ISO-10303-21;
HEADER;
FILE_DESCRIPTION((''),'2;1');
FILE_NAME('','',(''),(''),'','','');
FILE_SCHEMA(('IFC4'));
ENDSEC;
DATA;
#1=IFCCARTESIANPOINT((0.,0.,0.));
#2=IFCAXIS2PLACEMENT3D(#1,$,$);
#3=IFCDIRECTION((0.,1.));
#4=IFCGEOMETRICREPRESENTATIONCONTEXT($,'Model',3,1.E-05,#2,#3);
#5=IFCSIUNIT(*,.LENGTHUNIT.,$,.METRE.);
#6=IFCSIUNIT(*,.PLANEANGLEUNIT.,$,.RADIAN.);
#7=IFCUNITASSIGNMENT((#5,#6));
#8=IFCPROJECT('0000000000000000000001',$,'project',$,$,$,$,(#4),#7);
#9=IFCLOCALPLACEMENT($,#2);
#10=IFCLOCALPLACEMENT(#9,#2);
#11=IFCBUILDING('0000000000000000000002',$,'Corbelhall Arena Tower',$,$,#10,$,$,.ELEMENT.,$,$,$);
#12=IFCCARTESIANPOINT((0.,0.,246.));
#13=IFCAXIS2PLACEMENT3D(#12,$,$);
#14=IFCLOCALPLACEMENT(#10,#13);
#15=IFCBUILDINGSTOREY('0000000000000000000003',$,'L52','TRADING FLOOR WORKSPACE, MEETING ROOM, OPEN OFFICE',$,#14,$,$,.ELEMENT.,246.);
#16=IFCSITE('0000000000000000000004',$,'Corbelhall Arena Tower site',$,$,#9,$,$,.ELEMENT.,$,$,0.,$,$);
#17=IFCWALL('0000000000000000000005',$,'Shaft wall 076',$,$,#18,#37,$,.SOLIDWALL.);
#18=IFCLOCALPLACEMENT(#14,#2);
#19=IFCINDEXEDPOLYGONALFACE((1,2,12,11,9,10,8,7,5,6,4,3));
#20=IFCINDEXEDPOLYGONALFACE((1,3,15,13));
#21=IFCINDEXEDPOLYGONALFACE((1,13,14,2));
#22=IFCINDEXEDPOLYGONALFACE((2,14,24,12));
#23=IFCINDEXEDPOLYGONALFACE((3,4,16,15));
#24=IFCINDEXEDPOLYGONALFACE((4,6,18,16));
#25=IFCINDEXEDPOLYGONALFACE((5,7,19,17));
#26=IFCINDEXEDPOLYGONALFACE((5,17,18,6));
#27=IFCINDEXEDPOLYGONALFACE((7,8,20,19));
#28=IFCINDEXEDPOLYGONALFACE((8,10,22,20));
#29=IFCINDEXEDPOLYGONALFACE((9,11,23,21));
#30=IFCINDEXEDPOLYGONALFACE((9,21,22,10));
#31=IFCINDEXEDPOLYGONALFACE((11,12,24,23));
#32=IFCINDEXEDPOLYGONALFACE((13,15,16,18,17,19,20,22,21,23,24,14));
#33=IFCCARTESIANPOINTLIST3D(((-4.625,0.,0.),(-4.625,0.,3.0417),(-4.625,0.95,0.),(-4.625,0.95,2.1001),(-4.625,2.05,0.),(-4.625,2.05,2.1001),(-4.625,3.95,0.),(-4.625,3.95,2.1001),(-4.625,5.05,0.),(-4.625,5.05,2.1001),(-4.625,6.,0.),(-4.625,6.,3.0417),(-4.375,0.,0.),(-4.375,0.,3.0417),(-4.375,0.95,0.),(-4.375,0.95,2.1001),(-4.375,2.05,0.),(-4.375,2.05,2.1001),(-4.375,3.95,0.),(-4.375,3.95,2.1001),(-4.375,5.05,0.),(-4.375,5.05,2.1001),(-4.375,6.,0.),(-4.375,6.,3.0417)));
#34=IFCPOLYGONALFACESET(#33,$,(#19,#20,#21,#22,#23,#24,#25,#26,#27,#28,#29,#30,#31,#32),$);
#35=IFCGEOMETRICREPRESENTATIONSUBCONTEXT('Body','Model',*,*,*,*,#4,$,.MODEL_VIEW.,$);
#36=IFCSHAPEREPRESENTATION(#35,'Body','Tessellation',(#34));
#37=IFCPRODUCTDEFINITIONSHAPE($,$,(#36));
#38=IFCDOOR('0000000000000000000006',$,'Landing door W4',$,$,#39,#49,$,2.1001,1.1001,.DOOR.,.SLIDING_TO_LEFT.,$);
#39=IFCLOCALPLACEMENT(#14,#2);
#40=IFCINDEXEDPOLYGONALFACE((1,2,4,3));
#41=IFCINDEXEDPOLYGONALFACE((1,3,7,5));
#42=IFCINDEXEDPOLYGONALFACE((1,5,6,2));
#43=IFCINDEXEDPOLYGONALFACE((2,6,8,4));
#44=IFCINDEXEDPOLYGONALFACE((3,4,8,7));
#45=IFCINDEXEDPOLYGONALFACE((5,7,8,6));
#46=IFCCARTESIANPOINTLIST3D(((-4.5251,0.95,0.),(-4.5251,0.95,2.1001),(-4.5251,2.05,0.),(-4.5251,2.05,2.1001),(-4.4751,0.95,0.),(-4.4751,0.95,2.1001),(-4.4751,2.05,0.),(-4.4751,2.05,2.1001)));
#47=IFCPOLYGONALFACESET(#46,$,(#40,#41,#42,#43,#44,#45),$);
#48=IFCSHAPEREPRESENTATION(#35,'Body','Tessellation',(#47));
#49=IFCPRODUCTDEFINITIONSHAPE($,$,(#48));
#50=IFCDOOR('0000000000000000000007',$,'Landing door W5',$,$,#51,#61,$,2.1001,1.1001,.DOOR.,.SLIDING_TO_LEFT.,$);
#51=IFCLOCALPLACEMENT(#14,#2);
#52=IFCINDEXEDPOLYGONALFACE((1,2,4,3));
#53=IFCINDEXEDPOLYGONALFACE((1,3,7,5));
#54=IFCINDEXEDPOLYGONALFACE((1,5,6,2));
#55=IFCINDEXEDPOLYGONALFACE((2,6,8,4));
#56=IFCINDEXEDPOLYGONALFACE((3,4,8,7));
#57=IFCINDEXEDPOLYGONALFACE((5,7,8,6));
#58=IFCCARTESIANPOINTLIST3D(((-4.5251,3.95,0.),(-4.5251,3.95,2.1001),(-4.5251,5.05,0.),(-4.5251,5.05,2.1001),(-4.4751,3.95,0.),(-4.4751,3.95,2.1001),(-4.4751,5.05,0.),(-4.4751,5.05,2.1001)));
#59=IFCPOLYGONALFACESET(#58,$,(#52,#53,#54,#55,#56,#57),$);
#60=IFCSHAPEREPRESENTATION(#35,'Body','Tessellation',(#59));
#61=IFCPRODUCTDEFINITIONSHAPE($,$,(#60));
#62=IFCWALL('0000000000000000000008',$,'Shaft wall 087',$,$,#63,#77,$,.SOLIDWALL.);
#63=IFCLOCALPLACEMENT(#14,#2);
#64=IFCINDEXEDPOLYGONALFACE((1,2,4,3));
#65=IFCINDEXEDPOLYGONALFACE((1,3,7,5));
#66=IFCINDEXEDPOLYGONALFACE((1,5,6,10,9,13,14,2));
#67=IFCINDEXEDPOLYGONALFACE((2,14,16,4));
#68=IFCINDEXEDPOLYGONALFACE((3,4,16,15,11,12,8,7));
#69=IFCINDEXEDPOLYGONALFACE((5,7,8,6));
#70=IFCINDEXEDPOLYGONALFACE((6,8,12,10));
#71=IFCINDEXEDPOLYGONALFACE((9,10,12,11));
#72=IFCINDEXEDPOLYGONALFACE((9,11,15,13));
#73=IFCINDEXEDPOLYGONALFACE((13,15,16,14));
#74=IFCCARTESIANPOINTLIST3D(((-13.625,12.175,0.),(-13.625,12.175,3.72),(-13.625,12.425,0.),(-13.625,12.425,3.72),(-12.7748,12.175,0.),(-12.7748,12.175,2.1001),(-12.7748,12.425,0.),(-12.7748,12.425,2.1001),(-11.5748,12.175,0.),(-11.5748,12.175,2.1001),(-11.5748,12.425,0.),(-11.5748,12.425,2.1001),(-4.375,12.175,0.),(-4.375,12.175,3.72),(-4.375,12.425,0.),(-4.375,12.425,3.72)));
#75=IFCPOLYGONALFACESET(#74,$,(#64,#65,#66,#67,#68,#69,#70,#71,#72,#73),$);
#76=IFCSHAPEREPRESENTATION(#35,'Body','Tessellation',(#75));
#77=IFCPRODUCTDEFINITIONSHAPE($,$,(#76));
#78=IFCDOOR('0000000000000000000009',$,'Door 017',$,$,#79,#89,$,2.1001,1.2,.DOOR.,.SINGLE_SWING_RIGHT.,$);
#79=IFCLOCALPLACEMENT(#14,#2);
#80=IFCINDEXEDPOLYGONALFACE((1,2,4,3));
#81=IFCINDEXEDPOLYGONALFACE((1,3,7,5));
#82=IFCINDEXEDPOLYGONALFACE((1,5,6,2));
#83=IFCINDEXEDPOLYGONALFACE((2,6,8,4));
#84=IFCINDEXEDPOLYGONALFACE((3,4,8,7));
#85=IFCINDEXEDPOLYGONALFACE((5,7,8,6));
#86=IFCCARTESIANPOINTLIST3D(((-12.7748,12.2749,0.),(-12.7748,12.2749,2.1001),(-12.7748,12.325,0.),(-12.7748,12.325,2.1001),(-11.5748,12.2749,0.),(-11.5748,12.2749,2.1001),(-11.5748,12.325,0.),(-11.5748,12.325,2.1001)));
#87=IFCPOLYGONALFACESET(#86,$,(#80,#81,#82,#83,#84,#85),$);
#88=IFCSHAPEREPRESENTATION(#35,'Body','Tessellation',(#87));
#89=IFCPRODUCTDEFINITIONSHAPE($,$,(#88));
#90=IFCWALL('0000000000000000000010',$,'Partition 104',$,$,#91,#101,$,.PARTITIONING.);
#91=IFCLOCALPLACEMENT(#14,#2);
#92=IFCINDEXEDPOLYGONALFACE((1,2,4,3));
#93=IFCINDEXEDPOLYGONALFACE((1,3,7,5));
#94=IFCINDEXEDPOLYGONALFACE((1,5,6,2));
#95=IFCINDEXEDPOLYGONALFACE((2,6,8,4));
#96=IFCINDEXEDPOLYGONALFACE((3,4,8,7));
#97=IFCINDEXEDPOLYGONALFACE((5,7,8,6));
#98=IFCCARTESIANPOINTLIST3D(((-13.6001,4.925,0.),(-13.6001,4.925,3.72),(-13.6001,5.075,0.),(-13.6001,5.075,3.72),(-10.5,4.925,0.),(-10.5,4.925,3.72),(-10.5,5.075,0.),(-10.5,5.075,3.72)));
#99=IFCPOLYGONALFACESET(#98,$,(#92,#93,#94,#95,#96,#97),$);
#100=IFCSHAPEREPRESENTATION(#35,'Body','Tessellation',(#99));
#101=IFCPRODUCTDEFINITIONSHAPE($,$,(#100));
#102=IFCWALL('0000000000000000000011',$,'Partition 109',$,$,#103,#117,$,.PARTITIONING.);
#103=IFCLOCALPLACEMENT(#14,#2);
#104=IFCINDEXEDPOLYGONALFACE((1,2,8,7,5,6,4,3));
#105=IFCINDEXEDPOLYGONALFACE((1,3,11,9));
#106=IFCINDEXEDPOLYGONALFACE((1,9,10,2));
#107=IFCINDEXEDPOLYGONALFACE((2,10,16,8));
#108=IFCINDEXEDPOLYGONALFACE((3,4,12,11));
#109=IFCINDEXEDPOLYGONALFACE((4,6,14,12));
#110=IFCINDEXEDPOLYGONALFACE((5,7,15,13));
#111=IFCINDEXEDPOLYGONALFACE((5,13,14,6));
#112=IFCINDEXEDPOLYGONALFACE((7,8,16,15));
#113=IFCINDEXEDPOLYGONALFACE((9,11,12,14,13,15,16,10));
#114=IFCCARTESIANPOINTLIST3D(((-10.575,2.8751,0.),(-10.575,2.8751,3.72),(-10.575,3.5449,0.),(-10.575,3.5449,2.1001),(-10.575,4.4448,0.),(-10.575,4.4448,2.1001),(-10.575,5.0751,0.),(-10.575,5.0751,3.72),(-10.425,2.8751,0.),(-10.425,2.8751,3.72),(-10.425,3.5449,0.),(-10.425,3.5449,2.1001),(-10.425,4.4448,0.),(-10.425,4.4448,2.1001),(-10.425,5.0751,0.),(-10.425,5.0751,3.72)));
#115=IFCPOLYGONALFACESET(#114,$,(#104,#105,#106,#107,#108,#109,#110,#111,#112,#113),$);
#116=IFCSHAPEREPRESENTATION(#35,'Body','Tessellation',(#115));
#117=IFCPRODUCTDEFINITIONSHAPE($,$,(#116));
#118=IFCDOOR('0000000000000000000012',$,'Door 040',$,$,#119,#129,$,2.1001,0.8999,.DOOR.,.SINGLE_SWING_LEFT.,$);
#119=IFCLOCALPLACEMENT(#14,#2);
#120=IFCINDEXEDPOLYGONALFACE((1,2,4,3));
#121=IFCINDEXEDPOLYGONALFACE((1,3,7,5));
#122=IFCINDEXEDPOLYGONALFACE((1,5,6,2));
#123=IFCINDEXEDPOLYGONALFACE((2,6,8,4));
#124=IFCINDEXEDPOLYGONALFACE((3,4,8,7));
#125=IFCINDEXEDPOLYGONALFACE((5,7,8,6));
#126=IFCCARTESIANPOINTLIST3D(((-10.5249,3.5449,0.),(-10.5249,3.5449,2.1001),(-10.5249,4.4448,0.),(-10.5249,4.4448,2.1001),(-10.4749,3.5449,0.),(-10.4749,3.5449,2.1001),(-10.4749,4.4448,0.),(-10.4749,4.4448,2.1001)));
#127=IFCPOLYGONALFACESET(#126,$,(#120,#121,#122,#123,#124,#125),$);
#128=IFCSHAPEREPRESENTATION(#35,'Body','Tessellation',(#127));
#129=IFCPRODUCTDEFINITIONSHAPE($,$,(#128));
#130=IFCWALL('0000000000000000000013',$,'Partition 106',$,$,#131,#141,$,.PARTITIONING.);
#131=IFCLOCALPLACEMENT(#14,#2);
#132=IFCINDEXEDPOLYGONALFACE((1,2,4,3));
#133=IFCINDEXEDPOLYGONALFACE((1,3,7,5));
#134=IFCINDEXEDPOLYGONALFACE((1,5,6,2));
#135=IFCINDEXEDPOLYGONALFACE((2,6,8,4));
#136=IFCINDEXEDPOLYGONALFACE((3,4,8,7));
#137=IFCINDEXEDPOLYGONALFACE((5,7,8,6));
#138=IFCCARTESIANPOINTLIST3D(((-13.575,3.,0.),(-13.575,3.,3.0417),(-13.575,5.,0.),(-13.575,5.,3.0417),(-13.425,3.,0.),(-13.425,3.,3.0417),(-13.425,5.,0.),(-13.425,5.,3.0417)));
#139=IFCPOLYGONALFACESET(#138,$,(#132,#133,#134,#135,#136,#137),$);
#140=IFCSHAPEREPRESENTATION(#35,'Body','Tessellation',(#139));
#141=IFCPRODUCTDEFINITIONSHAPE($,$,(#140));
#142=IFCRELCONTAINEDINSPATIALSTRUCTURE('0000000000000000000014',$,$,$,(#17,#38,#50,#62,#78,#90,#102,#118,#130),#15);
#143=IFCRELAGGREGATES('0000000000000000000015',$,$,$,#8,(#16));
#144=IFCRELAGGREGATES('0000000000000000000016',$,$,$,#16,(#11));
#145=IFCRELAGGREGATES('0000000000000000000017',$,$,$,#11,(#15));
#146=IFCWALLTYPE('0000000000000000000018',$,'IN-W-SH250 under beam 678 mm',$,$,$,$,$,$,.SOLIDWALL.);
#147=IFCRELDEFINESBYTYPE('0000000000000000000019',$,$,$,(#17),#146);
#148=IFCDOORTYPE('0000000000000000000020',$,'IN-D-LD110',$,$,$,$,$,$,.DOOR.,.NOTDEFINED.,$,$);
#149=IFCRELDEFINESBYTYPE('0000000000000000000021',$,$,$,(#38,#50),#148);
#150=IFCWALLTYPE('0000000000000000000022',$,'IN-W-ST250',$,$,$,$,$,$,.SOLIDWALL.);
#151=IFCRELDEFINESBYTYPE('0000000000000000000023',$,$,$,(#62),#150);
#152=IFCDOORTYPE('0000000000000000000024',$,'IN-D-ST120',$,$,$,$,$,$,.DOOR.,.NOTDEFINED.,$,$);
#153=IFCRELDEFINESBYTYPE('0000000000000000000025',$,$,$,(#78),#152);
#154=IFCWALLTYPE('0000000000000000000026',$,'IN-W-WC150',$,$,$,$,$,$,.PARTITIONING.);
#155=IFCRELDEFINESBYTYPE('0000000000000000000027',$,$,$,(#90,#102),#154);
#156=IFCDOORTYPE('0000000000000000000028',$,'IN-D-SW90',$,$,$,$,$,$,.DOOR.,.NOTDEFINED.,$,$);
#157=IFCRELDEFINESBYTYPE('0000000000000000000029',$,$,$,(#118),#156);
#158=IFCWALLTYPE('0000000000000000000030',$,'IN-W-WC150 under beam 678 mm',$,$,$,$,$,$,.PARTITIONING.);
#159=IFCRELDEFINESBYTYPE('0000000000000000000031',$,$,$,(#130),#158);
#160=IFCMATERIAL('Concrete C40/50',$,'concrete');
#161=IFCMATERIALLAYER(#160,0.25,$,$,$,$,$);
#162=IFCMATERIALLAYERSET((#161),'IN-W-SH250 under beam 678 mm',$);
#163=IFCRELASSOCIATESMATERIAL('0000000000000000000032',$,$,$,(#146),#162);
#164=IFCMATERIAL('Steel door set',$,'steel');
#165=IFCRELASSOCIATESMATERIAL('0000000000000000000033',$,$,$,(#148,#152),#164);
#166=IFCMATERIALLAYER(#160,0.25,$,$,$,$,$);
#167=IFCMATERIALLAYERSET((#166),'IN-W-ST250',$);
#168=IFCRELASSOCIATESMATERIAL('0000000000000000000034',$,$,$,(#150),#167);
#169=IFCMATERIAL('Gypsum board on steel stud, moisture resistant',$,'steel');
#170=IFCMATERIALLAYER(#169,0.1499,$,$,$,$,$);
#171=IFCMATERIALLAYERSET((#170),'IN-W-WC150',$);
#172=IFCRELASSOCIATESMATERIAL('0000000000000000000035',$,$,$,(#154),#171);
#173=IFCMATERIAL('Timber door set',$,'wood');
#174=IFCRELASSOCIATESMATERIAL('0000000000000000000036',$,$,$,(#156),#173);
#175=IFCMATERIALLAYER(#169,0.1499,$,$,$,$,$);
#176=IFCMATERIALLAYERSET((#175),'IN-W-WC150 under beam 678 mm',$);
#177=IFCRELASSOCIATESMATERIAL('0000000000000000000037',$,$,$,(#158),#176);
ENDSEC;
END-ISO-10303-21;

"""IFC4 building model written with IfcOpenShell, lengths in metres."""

from ifc_helpers import new_model, si_unit, direction, frame, frame_2d, origin, place, context, subcontext, project, spatial, rectangle, extrude, material, layer, layer_set, type_object, element, fill, save


model = new_model("IFC4")

# Units and contexts
model_context = context("Model", 3, precision=1e-05, world=origin(), true_north=direction((0.0, 1.0)))
body_context = subcontext(model_context, "Body", "Model", "MODEL_VIEW")
ifc_project = project(units=[si_unit("LENGTHUNIT", "METRE"), si_unit("PLANEANGLEUNIT", "RADIAN")], contexts=[model_context])

# Site, building, storey
site_placement = place(None, origin())
site = spatial("IfcSite", under=ifc_project, at=site_placement, Name="Corbelhall Arena Tower site", CompositionType="ELEMENT", RefElevation=0.0)
building_placement = place(site_placement, origin())
building = spatial("IfcBuilding", under=site, at=building_placement, Name="Corbelhall Arena Tower", CompositionType="ELEMENT")
storey_placement = place(building_placement, frame((0.0, 0.0, 246.0)))
storey = spatial("IfcBuildingStorey", under=building, at=storey_placement, Name="L52", Description="TRADING FLOOR WORKSPACE, MEETING ROOM, OPEN OFFICE", CompositionType="ELEMENT", Elevation=246.0)

# Shared definitions
ifc_material_1 = material(Name="Steel door set", Category="steel")

# Shared definitions
ifc_material_2 = material(Name="Concrete C40/50", Category="concrete")

# Wall, openings, doors
ifc_layer_1 = layer(ifc_material_2, 0.25)
ifc_layer_set_1 = layer_set([ifc_layer_1], Name="IN-W-SH250 under beam 678 mm")
wall_type_1 = type_object("IfcWallType", Name="IN-W-SH250 under beam 678 mm", PredefinedType="SOLIDWALL", material=ifc_layer_set_1)
wall_1_placement = place(storey_placement, frame((-4.5, 6.0, 0.0), z_axis=(0.0, 0.0, 1.0), x_axis=(0.0, -1.0, 0.0)))
wall_1 = element("IfcWall", 1, at=wall_1_placement, inside=storey, type_object=wall_type_1, Name="Shaft wall 076", PredefinedType="SOLIDWALL", context=body_context, shape_type="SweptSolid", body=[
    extrude(rectangle(XDim=6.0, YDim=0.25, at=frame_2d((3.0, 0.0))), origin(), (0.0, 0.0, 1.0), 3.0417),
])
opening_1_placement = place(wall_1_placement, frame((3.95, 0.0, 0.0)))
opening_1 = element("IfcOpeningElement", 2, at=opening_1_placement, cuts=wall_1, PredefinedType="OPENING", context=body_context, shape_type="SweptSolid", body=[
    extrude(rectangle(XDim=1.1001, YDim=2.1001, at=frame_2d((0.55, 1.05))), frame((0.0, 0.125, 0.0), z_axis=(0.0, -1.0, 0.0), x_axis=(1.0, 0.0, 0.0)), (0.0, 0.0, 1.0), 0.25),
])
opening_2_placement = place(wall_1_placement, frame((0.95, 0.0, 0.0)))
opening_2 = element("IfcOpeningElement", 3, at=opening_2_placement, cuts=wall_1, PredefinedType="OPENING", context=body_context, shape_type="SweptSolid", body=[
    extrude(rectangle(XDim=1.1001, YDim=2.1001, at=frame_2d((0.55, 1.05))), frame((0.0, 0.125, 0.0), z_axis=(0.0, -1.0, 0.0), x_axis=(1.0, 0.0, 0.0)), (0.0, 0.0, 1.0), 0.25),
])
door_type_1 = type_object("IfcDoorType", Name="IN-D-LD110", OperationType="NOTDEFINED", PredefinedType="DOOR", material=ifc_material_1)
door_1_placement = place(opening_1_placement, origin())
door_1 = element("IfcDoor", 4, at=door_1_placement, inside=storey, type_object=door_type_1, Name="Landing door W4", OperationType="SLIDING_TO_LEFT", OverallHeight=2.1001, OverallWidth=1.1001, PredefinedType="DOOR", context=body_context, shape_type="SweptSolid", body=[
    extrude(rectangle(XDim=1.1001, YDim=2.1001, at=frame_2d((0.55, 1.05))), frame((0.0, 0.0249, 0.0), z_axis=(0.0, -1.0, 0.0), x_axis=(1.0, 0.0, 0.0)), (0.0, 0.0, 1.0), 0.05),
])
fill(opening_1, door_1)
door_2_placement = place(opening_2_placement, origin())
door_2 = element("IfcDoor", 5, at=door_2_placement, inside=storey, type_object=door_type_1, Name="Landing door W5", OperationType="SLIDING_TO_LEFT", OverallHeight=2.1001, OverallWidth=1.1001, PredefinedType="DOOR", context=body_context, shape_type="SweptSolid", body=[
    extrude(rectangle(XDim=1.1001, YDim=2.1001, at=frame_2d((0.55, 1.05))), frame((0.0, 0.0249, 0.0), z_axis=(0.0, -1.0, 0.0), x_axis=(1.0, 0.0, 0.0)), (0.0, 0.0, 1.0), 0.05),
])
fill(opening_2, door_2)

# Wall, opening, door
ifc_layer_2 = layer(ifc_material_2, 0.25)
ifc_layer_set_2 = layer_set([ifc_layer_2], Name="IN-W-ST250")
wall_type_2 = type_object("IfcWallType", Name="IN-W-ST250", PredefinedType="SOLIDWALL", material=ifc_layer_set_2)
wall_2_placement = place(storey_placement, frame((-13.625, 12.3, 0.0), z_axis=(0.0, 0.0, 1.0), x_axis=(1.0, 0.0, 0.0)))
wall_2 = element("IfcWall", 6, at=wall_2_placement, inside=storey, type_object=wall_type_2, Name="Shaft wall 087", PredefinedType="SOLIDWALL", context=body_context, shape_type="SweptSolid", body=[
    extrude(rectangle(XDim=9.25, YDim=0.25, at=frame_2d((4.625, 0.0))), origin(), (0.0, 0.0, 1.0), 3.72),
])
opening_3_placement = place(wall_2_placement, frame((0.8501, 0.0, 0.0)))
opening_3 = element("IfcOpeningElement", 7, at=opening_3_placement, cuts=wall_2, PredefinedType="OPENING", context=body_context, shape_type="SweptSolid", body=[
    extrude(rectangle(XDim=1.2, YDim=2.1001, at=frame_2d((0.6001, 1.05))), frame((0.0, 0.125, 0.0), z_axis=(0.0, -1.0, 0.0), x_axis=(1.0, 0.0, 0.0)), (0.0, 0.0, 1.0), 0.25),
])
door_type_2 = type_object("IfcDoorType", Name="IN-D-ST120", OperationType="NOTDEFINED", PredefinedType="DOOR", material=ifc_material_1)
door_3_placement = place(opening_3_placement, origin())
door_3 = element("IfcDoor", 8, at=door_3_placement, inside=storey, type_object=door_type_2, Name="Door 017", OperationType="SINGLE_SWING_RIGHT", OverallHeight=2.1001, OverallWidth=1.2, PredefinedType="DOOR", context=body_context, shape_type="SweptSolid", body=[
    extrude(rectangle(XDim=1.2, YDim=2.1001, at=frame_2d((0.6001, 1.05))), frame((0.0, 0.0249, 0.0), z_axis=(0.0, -1.0, 0.0), x_axis=(1.0, 0.0, 0.0)), (0.0, 0.0, 1.0), 0.05),
])
fill(opening_3, door_3)

# Wall
ifc_material_3 = material(Name="Gypsum board on steel stud, moisture resistant", Category="steel")
ifc_layer_3 = layer(ifc_material_3, 0.1499)
ifc_layer_set_3 = layer_set([ifc_layer_3], Name="IN-W-WC150")
wall_type_3 = type_object("IfcWallType", Name="IN-W-WC150", PredefinedType="PARTITIONING", material=ifc_layer_set_3)
wall_3_placement = place(storey_placement, frame((-13.6001, 5.0, 0.0), z_axis=(0.0, 0.0, 1.0), x_axis=(1.0, 0.0, 0.0)))
element("IfcWall", 9, at=wall_3_placement, inside=storey, type_object=wall_type_3, Name="Partition 104", PredefinedType="PARTITIONING", context=body_context, shape_type="SweptSolid", body=[
    extrude(rectangle(XDim=3.1001, YDim=0.1499, at=frame_2d((1.55, 0.0))), origin(), (0.0, 0.0, 1.0), 3.72),
])

# Wall, opening, door
wall_4_placement = place(storey_placement, frame((-10.5, 2.875, 0.0), z_axis=(0.0, 0.0, 1.0), x_axis=(0.0, 1.0, 0.0)))
wall_4 = element("IfcWall", 10, at=wall_4_placement, inside=storey, type_object=wall_type_3, Name="Partition 109", PredefinedType="PARTITIONING", context=body_context, shape_type="SweptSolid", body=[
    extrude(rectangle(XDim=2.2, YDim=0.1499, at=frame_2d((1.1001, 0.0))), origin(), (0.0, 0.0, 1.0), 3.72),
])
opening_4_placement = place(wall_4_placement, frame((0.6699, 0.0, 0.0)))
opening_4 = element("IfcOpeningElement", 11, at=opening_4_placement, cuts=wall_4, PredefinedType="OPENING", context=body_context, shape_type="SweptSolid", body=[
    extrude(rectangle(XDim=0.8999, YDim=2.1001, at=frame_2d((0.45, 1.05))), frame((0.0, 0.075, 0.0), z_axis=(0.0, -1.0, 0.0), x_axis=(1.0, 0.0, 0.0)), (0.0, 0.0, 1.0), 0.1499),
])
ifc_material_4 = material(Name="Timber door set", Category="wood")
door_type_3 = type_object("IfcDoorType", Name="IN-D-SW90", OperationType="NOTDEFINED", PredefinedType="DOOR", material=ifc_material_4)
door_4_placement = place(opening_4_placement, origin())
door_4 = element("IfcDoor", 12, at=door_4_placement, inside=storey, type_object=door_type_3, Name="Door 040", OperationType="SINGLE_SWING_LEFT", OverallHeight=2.1001, OverallWidth=0.8999, PredefinedType="DOOR", context=body_context, shape_type="SweptSolid", body=[
    extrude(rectangle(XDim=0.8999, YDim=2.1001, at=frame_2d((0.45, 1.05))), frame((0.0, 0.0249, 0.0), z_axis=(0.0, -1.0, 0.0), x_axis=(1.0, 0.0, 0.0)), (0.0, 0.0, 1.0), 0.05),
])
fill(opening_4, door_4)

# Wall
ifc_layer_4 = layer(ifc_material_3, 0.1499)
ifc_layer_set_4 = layer_set([ifc_layer_4], Name="IN-W-WC150 under beam 678 mm")
wall_type_4 = type_object("IfcWallType", Name="IN-W-WC150 under beam 678 mm", PredefinedType="PARTITIONING", material=ifc_layer_set_4)
wall_5_placement = place(storey_placement, frame((-13.5, 3.0, 0.0), z_axis=(0.0, 0.0, 1.0), x_axis=(0.0, 1.0, 0.0)))
element("IfcWall", 13, at=wall_5_placement, inside=storey, type_object=wall_type_4, Name="Partition 106", PredefinedType="PARTITIONING", context=body_context, shape_type="SweptSolid", body=[
    extrude(rectangle(XDim=2.0, YDim=0.1499, at=frame_2d((1.0, 0.0))), origin(), (0.0, 0.0, 1.0), 3.0417),
])

save(model, "model.ifc")
